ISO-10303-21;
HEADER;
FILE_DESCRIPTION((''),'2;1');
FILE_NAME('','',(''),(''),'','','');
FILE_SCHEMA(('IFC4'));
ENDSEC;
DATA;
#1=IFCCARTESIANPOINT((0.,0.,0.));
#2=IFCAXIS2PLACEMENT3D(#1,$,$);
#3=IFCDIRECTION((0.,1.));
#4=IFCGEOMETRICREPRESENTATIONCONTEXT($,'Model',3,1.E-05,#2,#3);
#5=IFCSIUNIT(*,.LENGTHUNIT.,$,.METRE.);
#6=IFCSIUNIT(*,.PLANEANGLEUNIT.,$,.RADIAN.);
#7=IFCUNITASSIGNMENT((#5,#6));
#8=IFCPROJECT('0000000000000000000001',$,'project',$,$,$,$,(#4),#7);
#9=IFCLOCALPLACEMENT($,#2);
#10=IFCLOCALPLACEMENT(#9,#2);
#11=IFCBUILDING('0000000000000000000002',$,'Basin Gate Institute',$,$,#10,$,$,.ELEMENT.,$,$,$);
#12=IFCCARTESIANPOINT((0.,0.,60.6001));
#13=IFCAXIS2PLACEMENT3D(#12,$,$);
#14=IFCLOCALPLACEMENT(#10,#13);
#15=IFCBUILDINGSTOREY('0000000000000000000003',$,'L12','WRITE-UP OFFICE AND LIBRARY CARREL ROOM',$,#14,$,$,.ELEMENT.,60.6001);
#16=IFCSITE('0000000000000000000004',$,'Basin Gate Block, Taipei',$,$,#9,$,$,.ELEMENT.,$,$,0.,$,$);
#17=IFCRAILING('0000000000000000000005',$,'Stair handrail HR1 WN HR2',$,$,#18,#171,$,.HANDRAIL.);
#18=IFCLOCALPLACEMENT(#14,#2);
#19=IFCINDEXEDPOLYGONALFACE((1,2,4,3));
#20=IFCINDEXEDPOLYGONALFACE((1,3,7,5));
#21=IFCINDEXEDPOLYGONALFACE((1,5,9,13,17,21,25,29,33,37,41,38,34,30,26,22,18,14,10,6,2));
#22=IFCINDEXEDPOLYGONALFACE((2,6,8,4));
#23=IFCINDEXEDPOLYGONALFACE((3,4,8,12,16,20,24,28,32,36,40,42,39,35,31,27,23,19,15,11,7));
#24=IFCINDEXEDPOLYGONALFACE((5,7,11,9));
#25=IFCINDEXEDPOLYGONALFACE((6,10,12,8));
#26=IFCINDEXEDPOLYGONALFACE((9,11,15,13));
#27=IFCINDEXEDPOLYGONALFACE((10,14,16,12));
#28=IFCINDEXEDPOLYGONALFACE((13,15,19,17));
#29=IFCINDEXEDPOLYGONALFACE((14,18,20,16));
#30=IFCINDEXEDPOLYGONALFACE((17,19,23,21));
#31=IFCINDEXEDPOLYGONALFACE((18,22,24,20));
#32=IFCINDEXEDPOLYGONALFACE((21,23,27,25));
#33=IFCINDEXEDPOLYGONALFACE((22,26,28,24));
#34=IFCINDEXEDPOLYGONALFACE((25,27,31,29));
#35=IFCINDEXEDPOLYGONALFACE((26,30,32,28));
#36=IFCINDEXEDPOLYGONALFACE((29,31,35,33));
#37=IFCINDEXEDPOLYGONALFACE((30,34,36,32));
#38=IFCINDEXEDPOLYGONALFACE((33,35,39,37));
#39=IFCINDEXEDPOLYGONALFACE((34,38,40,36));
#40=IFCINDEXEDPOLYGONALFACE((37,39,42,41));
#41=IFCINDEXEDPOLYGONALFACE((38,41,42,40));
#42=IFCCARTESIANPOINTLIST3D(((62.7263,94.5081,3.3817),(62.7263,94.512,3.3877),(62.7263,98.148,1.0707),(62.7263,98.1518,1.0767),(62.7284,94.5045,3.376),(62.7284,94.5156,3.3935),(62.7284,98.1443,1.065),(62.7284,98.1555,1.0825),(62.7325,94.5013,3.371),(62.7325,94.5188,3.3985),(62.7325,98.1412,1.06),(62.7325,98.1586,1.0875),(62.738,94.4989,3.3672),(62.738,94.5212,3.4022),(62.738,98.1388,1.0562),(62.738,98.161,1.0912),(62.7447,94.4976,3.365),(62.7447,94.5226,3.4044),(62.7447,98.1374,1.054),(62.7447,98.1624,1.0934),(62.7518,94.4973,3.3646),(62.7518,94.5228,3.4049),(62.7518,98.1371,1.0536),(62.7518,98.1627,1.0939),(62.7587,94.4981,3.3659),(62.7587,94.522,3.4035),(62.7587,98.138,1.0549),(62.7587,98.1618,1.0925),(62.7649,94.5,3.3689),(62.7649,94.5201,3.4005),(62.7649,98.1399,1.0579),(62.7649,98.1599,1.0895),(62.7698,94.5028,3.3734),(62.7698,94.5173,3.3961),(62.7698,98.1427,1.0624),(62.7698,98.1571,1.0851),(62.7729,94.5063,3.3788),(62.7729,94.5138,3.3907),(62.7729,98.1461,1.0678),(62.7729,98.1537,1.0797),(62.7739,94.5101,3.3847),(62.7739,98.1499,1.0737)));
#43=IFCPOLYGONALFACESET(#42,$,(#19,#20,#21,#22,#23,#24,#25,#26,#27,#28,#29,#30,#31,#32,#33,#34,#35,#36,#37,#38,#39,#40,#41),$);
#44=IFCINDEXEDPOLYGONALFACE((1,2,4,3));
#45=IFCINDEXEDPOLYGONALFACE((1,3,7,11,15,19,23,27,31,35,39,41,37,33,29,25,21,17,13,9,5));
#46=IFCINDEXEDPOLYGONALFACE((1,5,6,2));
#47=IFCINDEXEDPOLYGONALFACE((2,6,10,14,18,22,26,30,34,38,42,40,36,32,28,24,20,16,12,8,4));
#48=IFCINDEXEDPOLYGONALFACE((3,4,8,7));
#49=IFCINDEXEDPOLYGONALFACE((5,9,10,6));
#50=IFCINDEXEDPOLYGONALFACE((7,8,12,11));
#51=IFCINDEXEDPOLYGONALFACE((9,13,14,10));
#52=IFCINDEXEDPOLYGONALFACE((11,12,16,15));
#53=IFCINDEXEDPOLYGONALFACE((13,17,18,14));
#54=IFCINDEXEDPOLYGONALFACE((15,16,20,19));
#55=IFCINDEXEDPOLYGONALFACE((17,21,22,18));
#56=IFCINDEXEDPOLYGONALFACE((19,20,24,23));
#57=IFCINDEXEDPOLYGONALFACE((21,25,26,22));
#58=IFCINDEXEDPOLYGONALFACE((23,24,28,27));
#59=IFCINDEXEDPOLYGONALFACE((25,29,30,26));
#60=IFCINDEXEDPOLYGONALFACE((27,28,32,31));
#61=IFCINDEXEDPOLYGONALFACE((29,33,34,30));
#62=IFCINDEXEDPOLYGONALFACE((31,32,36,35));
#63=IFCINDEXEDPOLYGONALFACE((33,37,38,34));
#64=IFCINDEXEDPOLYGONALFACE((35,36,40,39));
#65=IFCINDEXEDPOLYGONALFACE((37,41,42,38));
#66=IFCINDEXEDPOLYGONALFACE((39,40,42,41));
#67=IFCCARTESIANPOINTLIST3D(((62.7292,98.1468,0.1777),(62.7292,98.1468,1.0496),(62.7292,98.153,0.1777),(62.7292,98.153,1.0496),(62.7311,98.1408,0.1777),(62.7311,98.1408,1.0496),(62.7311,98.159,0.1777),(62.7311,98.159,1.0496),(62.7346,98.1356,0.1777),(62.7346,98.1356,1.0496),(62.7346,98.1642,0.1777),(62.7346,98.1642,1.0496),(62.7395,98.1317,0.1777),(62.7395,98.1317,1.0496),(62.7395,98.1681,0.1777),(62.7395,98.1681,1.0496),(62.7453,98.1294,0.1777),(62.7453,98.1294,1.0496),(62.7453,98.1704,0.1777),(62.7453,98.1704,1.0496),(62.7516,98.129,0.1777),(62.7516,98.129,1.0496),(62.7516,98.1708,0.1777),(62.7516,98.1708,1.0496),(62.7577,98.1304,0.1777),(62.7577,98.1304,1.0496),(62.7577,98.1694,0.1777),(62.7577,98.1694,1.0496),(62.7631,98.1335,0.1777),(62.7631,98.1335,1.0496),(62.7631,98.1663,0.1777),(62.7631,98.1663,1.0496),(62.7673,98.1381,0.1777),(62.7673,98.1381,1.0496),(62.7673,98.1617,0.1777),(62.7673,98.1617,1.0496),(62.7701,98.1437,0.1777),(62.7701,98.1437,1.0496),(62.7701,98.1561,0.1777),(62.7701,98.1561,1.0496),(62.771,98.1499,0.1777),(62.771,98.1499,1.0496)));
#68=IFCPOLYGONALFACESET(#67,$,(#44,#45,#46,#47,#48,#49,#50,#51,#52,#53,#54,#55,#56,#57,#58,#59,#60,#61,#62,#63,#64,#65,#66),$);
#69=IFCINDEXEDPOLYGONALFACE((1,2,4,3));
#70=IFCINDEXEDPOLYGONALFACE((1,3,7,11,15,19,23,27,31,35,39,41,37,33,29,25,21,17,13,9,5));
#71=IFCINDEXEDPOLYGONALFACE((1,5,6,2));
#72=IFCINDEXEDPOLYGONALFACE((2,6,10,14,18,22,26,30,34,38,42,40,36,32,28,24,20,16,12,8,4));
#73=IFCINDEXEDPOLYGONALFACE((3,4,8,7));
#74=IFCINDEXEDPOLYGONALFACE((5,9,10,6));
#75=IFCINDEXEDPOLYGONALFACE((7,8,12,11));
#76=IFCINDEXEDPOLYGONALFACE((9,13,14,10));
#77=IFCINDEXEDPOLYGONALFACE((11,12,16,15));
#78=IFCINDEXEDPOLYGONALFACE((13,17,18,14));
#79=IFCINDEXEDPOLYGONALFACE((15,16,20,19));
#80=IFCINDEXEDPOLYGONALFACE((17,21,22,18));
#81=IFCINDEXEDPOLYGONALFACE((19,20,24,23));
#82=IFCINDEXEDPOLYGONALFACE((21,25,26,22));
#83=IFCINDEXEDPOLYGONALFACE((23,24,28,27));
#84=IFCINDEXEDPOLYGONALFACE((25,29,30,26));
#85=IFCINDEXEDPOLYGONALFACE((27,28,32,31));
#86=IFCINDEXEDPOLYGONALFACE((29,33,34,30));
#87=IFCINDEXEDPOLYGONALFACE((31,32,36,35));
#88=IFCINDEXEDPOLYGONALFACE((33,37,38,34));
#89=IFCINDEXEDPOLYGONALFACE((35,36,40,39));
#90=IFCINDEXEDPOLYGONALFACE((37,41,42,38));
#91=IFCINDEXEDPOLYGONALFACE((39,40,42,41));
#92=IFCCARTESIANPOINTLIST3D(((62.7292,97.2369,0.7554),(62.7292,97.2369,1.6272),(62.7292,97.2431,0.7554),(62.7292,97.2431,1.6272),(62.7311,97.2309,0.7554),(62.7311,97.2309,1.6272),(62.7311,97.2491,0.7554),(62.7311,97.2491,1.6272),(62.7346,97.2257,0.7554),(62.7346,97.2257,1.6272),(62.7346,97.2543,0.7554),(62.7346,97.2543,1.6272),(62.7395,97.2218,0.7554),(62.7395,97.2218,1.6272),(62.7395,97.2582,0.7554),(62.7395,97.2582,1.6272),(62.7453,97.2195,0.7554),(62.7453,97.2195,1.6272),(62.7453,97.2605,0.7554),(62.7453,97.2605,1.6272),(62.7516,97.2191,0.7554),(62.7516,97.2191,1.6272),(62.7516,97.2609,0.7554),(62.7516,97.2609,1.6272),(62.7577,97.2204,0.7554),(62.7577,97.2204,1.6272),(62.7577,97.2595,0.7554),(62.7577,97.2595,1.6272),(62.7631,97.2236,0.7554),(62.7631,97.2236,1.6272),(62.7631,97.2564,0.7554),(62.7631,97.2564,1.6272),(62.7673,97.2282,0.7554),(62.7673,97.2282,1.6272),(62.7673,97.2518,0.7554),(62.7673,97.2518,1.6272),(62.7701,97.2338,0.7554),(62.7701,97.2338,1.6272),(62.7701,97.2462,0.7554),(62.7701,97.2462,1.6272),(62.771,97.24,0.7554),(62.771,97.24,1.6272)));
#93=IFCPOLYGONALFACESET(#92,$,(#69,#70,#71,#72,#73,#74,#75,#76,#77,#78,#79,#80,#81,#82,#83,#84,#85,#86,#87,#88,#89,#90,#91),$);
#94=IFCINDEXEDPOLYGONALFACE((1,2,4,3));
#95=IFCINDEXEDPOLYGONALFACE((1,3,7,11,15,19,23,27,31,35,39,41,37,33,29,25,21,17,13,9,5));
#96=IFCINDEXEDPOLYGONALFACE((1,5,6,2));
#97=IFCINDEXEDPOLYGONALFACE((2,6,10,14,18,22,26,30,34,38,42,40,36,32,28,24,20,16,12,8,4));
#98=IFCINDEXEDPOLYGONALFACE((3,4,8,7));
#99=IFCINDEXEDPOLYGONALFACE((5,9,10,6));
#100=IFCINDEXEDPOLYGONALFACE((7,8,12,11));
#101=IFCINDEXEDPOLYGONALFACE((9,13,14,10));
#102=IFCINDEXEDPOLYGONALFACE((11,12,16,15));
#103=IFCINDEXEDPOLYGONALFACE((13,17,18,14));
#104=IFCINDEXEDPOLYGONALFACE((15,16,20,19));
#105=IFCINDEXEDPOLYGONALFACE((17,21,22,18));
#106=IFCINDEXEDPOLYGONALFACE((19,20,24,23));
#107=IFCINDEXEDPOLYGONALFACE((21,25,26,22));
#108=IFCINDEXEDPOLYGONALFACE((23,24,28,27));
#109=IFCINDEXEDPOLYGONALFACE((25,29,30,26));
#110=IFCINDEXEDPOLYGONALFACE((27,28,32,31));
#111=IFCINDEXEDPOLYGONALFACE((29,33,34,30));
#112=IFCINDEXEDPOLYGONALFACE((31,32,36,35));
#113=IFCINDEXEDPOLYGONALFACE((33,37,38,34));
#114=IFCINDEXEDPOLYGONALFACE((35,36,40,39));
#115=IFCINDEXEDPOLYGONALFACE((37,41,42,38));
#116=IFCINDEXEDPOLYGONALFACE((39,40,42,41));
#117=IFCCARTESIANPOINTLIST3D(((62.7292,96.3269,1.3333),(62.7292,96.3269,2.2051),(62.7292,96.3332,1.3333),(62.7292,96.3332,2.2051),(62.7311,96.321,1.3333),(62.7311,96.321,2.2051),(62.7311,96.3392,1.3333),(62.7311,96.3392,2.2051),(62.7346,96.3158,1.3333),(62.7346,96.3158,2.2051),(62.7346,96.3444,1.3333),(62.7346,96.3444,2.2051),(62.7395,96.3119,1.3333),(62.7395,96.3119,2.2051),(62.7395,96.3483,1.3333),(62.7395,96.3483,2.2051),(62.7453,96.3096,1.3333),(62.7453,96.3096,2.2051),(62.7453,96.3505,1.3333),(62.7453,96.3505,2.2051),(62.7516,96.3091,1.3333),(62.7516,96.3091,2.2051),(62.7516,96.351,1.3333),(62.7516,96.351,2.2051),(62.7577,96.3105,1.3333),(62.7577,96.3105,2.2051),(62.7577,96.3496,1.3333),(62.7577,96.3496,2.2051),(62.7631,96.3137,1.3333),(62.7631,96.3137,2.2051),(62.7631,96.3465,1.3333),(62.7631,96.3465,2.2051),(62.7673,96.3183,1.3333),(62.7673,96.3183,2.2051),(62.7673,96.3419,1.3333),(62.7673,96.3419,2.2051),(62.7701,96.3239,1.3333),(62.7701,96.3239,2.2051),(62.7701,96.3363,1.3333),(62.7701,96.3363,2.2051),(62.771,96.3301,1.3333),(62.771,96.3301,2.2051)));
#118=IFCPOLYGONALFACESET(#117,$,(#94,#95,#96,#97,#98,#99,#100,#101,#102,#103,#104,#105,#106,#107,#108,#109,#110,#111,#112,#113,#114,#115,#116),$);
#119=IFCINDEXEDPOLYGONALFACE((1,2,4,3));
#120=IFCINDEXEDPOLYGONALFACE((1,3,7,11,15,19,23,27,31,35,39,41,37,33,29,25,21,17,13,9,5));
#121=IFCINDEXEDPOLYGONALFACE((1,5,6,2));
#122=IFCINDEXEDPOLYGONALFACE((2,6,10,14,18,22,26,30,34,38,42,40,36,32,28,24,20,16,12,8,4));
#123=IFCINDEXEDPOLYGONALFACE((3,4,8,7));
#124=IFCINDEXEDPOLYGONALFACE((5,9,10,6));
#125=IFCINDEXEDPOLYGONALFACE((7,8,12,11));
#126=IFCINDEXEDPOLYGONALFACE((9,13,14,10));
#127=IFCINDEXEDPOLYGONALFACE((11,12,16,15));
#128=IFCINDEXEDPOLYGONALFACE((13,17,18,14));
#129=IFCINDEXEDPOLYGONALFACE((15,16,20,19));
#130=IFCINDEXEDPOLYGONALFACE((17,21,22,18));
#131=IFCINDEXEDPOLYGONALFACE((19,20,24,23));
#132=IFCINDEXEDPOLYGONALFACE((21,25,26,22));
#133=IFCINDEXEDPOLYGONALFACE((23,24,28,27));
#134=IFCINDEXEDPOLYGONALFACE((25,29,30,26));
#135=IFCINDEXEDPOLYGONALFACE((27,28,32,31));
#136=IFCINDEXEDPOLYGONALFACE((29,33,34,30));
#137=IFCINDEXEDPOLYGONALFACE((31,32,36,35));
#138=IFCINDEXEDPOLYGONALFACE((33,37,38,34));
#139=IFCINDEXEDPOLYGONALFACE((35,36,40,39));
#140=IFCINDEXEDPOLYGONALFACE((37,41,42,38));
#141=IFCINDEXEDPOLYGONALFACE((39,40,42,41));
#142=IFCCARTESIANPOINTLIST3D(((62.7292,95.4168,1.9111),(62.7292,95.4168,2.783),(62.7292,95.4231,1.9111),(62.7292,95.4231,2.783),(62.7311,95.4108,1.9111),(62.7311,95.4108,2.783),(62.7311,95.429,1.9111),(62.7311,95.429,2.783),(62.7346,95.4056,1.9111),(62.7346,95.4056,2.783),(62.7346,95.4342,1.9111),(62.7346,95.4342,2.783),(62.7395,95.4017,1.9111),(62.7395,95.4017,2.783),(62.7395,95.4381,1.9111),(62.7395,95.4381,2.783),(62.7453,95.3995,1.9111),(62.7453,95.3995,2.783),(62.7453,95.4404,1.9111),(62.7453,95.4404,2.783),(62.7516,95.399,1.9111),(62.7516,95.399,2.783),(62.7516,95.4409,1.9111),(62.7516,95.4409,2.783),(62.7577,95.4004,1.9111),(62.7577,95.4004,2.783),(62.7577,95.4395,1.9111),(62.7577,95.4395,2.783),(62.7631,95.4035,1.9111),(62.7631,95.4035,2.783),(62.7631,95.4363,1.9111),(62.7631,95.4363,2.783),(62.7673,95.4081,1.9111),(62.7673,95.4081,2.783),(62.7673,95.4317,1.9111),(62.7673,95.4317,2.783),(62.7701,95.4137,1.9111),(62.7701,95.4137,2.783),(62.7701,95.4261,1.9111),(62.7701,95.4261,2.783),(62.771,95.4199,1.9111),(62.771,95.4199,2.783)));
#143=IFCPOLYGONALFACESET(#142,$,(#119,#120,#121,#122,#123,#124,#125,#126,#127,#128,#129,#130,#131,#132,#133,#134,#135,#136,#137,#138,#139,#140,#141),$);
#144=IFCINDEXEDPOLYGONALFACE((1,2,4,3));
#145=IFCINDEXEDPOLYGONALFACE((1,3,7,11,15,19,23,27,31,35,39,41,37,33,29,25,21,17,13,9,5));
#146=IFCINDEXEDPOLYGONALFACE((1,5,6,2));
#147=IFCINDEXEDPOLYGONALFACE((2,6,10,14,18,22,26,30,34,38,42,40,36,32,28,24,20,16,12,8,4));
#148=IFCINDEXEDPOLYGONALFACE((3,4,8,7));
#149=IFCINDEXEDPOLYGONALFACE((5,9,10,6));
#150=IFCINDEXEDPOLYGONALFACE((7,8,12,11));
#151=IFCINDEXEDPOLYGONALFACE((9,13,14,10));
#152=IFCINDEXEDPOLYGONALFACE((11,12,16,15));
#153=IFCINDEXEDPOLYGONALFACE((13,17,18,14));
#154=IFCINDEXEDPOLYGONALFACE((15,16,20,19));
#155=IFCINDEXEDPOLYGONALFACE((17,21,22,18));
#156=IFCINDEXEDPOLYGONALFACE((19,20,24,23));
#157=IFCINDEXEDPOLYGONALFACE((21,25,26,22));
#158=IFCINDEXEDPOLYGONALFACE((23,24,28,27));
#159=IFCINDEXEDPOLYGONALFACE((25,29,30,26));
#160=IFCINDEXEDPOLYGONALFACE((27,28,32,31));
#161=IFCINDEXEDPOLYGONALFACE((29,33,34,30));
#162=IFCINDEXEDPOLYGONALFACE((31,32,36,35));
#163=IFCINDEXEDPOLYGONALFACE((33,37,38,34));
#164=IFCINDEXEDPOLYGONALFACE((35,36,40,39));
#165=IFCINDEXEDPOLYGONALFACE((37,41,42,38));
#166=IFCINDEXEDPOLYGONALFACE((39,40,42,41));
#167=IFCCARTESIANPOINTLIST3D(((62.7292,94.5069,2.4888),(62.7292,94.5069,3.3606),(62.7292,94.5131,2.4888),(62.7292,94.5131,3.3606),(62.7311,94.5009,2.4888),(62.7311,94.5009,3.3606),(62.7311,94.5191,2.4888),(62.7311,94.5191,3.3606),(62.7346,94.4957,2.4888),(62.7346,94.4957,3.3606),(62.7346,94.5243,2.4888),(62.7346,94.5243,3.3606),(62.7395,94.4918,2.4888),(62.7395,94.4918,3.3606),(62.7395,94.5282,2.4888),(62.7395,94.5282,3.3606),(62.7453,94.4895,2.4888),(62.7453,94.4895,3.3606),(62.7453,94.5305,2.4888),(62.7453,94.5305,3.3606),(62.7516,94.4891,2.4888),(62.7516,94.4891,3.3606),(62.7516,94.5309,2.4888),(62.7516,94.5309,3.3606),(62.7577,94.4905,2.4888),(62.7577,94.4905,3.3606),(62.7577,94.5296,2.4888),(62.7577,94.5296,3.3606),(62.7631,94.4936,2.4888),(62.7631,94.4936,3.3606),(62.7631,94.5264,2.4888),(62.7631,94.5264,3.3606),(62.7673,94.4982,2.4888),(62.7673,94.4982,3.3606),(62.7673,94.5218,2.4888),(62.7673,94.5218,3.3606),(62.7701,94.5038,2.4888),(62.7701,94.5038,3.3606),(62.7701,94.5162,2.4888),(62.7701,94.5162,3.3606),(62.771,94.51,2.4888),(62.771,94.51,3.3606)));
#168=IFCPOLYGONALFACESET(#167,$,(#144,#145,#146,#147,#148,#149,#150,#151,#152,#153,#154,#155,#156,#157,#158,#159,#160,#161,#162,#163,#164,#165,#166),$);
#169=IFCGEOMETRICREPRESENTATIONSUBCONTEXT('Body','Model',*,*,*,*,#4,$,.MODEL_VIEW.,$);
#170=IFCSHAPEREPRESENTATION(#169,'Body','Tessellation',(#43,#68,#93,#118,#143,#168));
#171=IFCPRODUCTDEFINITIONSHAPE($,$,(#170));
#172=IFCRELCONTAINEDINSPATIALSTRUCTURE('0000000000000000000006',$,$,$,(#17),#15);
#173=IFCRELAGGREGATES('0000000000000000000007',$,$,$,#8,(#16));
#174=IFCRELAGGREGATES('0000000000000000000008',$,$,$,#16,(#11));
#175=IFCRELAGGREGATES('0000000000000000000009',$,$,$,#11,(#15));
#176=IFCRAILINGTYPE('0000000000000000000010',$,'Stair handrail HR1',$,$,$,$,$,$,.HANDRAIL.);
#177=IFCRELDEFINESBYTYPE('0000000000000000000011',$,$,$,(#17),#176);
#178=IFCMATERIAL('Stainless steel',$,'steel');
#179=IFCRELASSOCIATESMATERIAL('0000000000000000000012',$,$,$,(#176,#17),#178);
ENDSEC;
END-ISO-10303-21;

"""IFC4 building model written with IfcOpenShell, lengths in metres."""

from ifc_helpers import new_model, si_unit, direction, frame, origin, origin_2d, place, context, subcontext, project, spatial, circle, extrude, material, type_object, element, save


model = new_model("IFC4")

# Units and contexts
model_context = context("Model", 3, precision=1e-05, world=origin(), true_north=direction((0.0, 1.0)))
body_context = subcontext(model_context, "Body", "Model", "MODEL_VIEW")
ifc_project = project(units=[si_unit("LENGTHUNIT", "METRE"), si_unit("PLANEANGLEUNIT", "RADIAN")], contexts=[model_context])

# Site, building, storey
site_placement = place(None, origin())
site = spatial("IfcSite", under=ifc_project, at=site_placement, Name="Basin Gate Block, Taipei", CompositionType="ELEMENT", RefElevation=0.0)
building_placement = place(site_placement, origin())
building = spatial("IfcBuilding", under=site, at=building_placement, Name="Basin Gate Institute", CompositionType="ELEMENT")
storey_placement = place(building_placement, frame((0.0, 0.0, 60.6001)))
storey = spatial("IfcBuildingStorey", under=building, at=storey_placement, Name="L12", Description="WRITE-UP OFFICE AND LIBRARY CARREL ROOM", CompositionType="ELEMENT", Elevation=60.6001)

# Railing
ifc_material_1 = material(Name="Stainless steel", Category="steel")
railing_type_1 = type_object("IfcRailingType", Name="Stair handrail HR1", PredefinedType="HANDRAIL", material=ifc_material_1)
for number, where, name in (
    (1, (62.75, 98.1499, 0.1777), "Stair handrail HR1 WN HR2"),
):
    element("IfcRailing", number, at=place(storey_placement, frame(where)), inside=storey, type_object=railing_type_1, material=ifc_material_1, Name=name, PredefinedType="HANDRAIL", context=body_context, shape_type="SweptSolid", body=[
        extrude(circle(Radius=0.0239, at=origin_2d()), frame((0.0, 0.0, 0.896), z_axis=(0.0, -0.844214, 0.536007), x_axis=(1.0, 0.0, 0.0)), (0.0, 0.0, 1.0), 4.3115),
        extrude(circle(Radius=0.021, at=origin_2d()), origin(), (0.0, 0.0, 1.0), 0.8718),
        extrude(circle(Radius=0.021, at=origin_2d()), frame((0.0, -0.9099, 0.5776)), (0.0, 0.0, 1.0), 0.8718),
        extrude(circle(Radius=0.021, at=origin_2d()), frame((0.0, -1.8198, 1.1555)), (0.0, 0.0, 1.0), 0.8718),
        extrude(circle(Radius=0.021, at=origin_2d()), frame((0.0, -2.73, 1.7334)), (0.0, 0.0, 1.0), 0.8718),
        extrude(circle(Radius=0.021, at=origin_2d()), frame((0.0, -3.6399, 2.311)), (0.0, 0.0, 1.0), 0.8718),
    ])

save(model, "model.ifc")
